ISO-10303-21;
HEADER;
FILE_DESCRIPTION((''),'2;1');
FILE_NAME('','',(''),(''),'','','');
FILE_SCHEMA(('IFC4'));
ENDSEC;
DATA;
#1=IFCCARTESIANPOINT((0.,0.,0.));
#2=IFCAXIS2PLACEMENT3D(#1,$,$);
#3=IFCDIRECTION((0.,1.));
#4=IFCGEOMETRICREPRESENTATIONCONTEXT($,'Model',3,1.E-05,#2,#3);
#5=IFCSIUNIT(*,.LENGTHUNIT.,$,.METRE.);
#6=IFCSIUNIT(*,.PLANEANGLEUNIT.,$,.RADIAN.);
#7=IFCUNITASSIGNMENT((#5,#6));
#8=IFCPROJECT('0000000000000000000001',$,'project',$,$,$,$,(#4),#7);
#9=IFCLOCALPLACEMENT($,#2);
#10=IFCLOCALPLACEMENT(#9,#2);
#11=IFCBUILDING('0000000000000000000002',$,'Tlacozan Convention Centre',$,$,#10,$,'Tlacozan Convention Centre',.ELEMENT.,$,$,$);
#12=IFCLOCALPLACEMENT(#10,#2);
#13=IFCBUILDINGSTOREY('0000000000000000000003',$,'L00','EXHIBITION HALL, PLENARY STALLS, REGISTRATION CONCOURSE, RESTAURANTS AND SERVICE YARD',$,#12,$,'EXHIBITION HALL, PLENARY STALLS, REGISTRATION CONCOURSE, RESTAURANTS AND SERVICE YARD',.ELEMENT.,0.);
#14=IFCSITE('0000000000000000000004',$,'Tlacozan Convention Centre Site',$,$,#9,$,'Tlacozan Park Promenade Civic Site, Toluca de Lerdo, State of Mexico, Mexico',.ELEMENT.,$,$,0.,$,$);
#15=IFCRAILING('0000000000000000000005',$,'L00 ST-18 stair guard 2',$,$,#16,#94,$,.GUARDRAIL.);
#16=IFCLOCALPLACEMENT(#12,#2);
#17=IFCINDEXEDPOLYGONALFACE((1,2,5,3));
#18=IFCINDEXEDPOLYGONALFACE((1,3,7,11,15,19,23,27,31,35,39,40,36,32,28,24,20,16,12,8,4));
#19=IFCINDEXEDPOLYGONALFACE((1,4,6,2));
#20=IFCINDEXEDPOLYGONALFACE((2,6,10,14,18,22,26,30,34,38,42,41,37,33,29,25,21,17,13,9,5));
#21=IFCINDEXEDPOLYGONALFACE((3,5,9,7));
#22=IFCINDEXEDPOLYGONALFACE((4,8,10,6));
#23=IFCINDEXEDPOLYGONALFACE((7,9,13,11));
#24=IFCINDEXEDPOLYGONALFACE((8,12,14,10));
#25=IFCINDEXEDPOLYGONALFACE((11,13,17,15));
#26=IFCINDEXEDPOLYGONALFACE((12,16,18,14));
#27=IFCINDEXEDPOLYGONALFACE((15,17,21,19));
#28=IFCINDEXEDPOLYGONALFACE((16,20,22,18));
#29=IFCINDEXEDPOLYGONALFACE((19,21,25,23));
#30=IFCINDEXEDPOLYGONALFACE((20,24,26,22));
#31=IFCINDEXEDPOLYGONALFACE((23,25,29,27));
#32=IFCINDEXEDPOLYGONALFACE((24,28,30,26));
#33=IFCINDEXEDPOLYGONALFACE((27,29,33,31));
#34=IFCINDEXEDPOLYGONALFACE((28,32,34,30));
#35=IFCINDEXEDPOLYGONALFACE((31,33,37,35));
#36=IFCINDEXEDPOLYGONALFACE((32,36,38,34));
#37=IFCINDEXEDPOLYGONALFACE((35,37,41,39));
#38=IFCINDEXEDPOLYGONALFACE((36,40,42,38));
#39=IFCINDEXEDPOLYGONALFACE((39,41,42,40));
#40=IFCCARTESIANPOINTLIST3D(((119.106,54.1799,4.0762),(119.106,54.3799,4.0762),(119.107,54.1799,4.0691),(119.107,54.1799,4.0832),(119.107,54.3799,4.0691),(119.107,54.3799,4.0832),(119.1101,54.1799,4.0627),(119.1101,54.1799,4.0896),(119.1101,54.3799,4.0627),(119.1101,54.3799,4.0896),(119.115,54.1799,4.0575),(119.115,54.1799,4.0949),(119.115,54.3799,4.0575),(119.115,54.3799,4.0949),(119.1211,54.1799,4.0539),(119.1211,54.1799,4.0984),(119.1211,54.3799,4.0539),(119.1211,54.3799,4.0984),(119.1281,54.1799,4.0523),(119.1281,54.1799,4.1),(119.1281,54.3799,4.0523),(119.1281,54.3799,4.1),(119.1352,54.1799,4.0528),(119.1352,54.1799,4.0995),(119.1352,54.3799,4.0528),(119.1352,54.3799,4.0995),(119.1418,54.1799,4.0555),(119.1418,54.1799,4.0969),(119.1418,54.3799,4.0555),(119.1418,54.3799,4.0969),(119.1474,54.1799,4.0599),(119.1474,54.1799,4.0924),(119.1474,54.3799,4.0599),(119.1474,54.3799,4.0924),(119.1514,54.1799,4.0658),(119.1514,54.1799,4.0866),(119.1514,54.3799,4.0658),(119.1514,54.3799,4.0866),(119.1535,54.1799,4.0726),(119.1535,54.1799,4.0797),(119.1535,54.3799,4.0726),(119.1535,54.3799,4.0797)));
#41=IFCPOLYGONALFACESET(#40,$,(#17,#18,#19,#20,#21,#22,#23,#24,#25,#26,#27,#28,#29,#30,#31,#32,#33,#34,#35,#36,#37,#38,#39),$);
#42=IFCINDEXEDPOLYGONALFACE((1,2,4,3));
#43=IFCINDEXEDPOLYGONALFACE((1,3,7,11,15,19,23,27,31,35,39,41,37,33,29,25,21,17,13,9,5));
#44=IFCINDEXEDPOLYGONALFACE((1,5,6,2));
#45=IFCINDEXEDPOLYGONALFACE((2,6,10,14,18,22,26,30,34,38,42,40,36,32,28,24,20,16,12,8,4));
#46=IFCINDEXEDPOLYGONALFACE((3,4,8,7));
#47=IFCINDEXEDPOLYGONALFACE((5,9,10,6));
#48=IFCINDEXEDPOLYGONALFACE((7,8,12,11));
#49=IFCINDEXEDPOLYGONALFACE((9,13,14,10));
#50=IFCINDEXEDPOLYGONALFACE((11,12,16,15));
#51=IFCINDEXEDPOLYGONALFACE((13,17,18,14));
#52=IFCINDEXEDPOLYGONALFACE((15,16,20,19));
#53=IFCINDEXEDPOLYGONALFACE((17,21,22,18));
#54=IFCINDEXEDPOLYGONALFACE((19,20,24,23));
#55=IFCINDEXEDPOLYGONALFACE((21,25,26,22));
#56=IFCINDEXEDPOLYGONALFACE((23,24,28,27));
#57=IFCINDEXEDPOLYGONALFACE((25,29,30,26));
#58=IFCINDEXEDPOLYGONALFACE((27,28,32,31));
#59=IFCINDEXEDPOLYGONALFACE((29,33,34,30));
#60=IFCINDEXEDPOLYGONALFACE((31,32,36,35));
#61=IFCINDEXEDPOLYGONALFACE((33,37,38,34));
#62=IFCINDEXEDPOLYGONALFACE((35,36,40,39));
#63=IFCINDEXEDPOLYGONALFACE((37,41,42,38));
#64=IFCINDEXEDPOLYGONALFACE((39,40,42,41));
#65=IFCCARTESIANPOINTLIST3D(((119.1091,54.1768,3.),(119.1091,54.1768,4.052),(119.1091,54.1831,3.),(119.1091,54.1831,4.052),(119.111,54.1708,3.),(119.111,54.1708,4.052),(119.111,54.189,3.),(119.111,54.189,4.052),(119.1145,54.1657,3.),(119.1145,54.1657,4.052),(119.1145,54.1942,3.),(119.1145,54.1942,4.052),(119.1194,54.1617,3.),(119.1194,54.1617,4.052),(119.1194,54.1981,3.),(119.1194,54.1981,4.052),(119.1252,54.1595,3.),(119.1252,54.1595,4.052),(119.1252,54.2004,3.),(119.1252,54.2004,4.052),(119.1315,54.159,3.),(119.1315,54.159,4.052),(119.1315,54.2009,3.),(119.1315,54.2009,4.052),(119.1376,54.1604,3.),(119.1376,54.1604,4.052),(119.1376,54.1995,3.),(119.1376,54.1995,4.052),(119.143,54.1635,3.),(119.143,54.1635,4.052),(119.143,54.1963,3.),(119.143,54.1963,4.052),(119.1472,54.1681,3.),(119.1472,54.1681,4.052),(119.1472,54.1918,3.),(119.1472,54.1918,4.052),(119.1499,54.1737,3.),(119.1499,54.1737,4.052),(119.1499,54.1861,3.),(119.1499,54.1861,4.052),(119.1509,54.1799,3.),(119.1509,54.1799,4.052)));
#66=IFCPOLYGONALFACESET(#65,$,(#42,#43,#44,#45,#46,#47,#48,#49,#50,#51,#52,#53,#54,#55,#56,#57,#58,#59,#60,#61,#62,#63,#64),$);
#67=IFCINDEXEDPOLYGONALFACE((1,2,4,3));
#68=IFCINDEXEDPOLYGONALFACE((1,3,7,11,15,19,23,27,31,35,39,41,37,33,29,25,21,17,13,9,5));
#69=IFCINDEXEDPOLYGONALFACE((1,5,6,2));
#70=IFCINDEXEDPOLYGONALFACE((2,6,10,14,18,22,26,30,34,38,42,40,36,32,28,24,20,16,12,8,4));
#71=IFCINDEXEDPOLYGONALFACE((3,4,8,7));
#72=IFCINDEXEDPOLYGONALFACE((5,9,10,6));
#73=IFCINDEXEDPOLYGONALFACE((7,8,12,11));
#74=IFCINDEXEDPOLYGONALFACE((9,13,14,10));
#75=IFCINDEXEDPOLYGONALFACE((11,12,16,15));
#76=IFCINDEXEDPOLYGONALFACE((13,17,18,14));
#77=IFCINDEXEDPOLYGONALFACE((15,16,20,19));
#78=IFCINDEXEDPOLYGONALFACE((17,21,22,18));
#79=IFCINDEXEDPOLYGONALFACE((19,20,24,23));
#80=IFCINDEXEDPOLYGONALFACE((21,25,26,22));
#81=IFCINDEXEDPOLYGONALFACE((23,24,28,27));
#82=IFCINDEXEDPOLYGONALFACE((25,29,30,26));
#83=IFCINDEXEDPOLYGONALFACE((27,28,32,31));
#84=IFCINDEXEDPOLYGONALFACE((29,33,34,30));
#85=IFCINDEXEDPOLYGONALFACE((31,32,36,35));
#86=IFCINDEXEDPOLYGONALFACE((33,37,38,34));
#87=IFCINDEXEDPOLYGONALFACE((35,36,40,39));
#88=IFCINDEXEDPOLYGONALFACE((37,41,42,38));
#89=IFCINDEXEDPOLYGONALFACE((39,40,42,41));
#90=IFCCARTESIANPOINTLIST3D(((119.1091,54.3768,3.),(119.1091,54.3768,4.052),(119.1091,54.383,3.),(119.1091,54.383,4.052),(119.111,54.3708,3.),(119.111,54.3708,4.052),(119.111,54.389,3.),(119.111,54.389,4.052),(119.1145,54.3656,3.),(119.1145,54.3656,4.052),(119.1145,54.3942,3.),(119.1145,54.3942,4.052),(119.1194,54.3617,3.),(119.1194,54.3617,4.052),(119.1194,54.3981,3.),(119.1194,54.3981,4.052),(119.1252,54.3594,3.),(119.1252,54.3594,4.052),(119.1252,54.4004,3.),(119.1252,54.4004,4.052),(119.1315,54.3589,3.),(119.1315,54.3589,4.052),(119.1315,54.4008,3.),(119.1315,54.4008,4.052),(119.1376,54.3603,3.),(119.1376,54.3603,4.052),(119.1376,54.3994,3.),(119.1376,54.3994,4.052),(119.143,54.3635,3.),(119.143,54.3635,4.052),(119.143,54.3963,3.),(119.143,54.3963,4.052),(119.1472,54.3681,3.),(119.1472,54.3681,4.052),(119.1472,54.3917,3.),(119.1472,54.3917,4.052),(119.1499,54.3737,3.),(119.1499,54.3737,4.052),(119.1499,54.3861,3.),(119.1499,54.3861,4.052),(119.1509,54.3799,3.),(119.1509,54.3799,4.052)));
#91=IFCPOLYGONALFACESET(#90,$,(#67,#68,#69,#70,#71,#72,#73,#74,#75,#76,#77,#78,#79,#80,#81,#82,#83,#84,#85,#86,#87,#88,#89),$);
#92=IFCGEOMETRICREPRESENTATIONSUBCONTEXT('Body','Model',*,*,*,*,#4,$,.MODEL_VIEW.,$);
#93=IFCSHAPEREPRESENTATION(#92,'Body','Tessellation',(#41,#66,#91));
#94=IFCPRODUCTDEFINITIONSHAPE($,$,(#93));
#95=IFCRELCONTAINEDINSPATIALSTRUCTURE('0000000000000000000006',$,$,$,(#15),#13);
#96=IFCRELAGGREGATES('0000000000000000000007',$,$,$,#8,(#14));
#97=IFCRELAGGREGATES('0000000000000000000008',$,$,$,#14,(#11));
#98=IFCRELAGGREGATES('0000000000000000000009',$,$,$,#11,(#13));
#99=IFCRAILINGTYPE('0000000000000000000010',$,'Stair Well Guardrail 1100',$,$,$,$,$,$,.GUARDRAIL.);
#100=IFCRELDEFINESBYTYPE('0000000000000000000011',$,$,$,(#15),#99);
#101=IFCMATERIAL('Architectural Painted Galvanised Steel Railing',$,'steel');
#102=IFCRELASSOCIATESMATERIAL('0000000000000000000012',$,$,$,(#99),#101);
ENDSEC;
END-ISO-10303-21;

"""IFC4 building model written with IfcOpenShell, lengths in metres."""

from ifc_helpers import new_model, si_unit, direction, frame, origin, origin_2d, place, context, subcontext, project, spatial, circle, extrude, material, type_object, element, save


model = new_model("IFC4")

# Units and contexts
model_context = context("Model", 3, precision=1e-05, world=origin(), true_north=direction((0.0, 1.0)))
body_context = subcontext(model_context, "Body", "Model", "MODEL_VIEW")
ifc_project = project(units=[si_unit("LENGTHUNIT", "METRE"), si_unit("PLANEANGLEUNIT", "RADIAN")], contexts=[model_context])

# Site, building, storey
site_placement = place(None, origin())
site = spatial("IfcSite", under=ifc_project, at=site_placement, Name="Tlacozan Convention Centre Site", LongName="Tlacozan Park Promenade Civic Site, Toluca de Lerdo, State of Mexico, Mexico", CompositionType="ELEMENT", RefElevation=0.0)
building_placement = place(site_placement, origin())
building = spatial("IfcBuilding", under=site, at=building_placement, Name="Tlacozan Convention Centre", LongName="Tlacozan Convention Centre", CompositionType="ELEMENT")
storey_placement = place(building_placement, origin())
storey = spatial("IfcBuildingStorey", under=building, at=storey_placement, Name="L00", Description="EXHIBITION HALL, PLENARY STALLS, REGISTRATION CONCOURSE, RESTAURANTS AND SERVICE YARD", LongName="EXHIBITION HALL, PLENARY STALLS, REGISTRATION CONCOURSE, RESTAURANTS AND SERVICE YARD", CompositionType="ELEMENT", Elevation=0.0)

# Railing
ifc_material_1 = material(Name="Architectural Painted Galvanised Steel Railing", Category="steel")
railing_type_1 = type_object("IfcRailingType", Name="Stair Well Guardrail 1100", PredefinedType="GUARDRAIL", material=ifc_material_1)
railing_1_placement = place(storey_placement, frame((119.1299, 54.1799, 3.0)))
element("IfcRailing", 1, at=railing_1_placement, inside=storey, type_object=railing_type_1, Name="L00 ST-18 stair guard 2", PredefinedType="GUARDRAIL", context=body_context, shape_type="SweptSolid", body=[
    extrude(circle(Radius=0.0239, at=origin_2d()), frame((0.0, 0.0, 1.0762), z_axis=(0.0, 1.0, 0.0), x_axis=(-1.0, 0.0, 0.0)), (0.0, 0.0, 1.0), 0.2),
    extrude(circle(Radius=0.021, at=origin_2d()), origin(), (0.0, 0.0, 1.0), 1.052),
    extrude(circle(Radius=0.021, at=origin_2d()), frame((0.0, 0.2, 0.0)), (0.0, 0.0, 1.0), 1.052),
])

save(model, "model.ifc")
